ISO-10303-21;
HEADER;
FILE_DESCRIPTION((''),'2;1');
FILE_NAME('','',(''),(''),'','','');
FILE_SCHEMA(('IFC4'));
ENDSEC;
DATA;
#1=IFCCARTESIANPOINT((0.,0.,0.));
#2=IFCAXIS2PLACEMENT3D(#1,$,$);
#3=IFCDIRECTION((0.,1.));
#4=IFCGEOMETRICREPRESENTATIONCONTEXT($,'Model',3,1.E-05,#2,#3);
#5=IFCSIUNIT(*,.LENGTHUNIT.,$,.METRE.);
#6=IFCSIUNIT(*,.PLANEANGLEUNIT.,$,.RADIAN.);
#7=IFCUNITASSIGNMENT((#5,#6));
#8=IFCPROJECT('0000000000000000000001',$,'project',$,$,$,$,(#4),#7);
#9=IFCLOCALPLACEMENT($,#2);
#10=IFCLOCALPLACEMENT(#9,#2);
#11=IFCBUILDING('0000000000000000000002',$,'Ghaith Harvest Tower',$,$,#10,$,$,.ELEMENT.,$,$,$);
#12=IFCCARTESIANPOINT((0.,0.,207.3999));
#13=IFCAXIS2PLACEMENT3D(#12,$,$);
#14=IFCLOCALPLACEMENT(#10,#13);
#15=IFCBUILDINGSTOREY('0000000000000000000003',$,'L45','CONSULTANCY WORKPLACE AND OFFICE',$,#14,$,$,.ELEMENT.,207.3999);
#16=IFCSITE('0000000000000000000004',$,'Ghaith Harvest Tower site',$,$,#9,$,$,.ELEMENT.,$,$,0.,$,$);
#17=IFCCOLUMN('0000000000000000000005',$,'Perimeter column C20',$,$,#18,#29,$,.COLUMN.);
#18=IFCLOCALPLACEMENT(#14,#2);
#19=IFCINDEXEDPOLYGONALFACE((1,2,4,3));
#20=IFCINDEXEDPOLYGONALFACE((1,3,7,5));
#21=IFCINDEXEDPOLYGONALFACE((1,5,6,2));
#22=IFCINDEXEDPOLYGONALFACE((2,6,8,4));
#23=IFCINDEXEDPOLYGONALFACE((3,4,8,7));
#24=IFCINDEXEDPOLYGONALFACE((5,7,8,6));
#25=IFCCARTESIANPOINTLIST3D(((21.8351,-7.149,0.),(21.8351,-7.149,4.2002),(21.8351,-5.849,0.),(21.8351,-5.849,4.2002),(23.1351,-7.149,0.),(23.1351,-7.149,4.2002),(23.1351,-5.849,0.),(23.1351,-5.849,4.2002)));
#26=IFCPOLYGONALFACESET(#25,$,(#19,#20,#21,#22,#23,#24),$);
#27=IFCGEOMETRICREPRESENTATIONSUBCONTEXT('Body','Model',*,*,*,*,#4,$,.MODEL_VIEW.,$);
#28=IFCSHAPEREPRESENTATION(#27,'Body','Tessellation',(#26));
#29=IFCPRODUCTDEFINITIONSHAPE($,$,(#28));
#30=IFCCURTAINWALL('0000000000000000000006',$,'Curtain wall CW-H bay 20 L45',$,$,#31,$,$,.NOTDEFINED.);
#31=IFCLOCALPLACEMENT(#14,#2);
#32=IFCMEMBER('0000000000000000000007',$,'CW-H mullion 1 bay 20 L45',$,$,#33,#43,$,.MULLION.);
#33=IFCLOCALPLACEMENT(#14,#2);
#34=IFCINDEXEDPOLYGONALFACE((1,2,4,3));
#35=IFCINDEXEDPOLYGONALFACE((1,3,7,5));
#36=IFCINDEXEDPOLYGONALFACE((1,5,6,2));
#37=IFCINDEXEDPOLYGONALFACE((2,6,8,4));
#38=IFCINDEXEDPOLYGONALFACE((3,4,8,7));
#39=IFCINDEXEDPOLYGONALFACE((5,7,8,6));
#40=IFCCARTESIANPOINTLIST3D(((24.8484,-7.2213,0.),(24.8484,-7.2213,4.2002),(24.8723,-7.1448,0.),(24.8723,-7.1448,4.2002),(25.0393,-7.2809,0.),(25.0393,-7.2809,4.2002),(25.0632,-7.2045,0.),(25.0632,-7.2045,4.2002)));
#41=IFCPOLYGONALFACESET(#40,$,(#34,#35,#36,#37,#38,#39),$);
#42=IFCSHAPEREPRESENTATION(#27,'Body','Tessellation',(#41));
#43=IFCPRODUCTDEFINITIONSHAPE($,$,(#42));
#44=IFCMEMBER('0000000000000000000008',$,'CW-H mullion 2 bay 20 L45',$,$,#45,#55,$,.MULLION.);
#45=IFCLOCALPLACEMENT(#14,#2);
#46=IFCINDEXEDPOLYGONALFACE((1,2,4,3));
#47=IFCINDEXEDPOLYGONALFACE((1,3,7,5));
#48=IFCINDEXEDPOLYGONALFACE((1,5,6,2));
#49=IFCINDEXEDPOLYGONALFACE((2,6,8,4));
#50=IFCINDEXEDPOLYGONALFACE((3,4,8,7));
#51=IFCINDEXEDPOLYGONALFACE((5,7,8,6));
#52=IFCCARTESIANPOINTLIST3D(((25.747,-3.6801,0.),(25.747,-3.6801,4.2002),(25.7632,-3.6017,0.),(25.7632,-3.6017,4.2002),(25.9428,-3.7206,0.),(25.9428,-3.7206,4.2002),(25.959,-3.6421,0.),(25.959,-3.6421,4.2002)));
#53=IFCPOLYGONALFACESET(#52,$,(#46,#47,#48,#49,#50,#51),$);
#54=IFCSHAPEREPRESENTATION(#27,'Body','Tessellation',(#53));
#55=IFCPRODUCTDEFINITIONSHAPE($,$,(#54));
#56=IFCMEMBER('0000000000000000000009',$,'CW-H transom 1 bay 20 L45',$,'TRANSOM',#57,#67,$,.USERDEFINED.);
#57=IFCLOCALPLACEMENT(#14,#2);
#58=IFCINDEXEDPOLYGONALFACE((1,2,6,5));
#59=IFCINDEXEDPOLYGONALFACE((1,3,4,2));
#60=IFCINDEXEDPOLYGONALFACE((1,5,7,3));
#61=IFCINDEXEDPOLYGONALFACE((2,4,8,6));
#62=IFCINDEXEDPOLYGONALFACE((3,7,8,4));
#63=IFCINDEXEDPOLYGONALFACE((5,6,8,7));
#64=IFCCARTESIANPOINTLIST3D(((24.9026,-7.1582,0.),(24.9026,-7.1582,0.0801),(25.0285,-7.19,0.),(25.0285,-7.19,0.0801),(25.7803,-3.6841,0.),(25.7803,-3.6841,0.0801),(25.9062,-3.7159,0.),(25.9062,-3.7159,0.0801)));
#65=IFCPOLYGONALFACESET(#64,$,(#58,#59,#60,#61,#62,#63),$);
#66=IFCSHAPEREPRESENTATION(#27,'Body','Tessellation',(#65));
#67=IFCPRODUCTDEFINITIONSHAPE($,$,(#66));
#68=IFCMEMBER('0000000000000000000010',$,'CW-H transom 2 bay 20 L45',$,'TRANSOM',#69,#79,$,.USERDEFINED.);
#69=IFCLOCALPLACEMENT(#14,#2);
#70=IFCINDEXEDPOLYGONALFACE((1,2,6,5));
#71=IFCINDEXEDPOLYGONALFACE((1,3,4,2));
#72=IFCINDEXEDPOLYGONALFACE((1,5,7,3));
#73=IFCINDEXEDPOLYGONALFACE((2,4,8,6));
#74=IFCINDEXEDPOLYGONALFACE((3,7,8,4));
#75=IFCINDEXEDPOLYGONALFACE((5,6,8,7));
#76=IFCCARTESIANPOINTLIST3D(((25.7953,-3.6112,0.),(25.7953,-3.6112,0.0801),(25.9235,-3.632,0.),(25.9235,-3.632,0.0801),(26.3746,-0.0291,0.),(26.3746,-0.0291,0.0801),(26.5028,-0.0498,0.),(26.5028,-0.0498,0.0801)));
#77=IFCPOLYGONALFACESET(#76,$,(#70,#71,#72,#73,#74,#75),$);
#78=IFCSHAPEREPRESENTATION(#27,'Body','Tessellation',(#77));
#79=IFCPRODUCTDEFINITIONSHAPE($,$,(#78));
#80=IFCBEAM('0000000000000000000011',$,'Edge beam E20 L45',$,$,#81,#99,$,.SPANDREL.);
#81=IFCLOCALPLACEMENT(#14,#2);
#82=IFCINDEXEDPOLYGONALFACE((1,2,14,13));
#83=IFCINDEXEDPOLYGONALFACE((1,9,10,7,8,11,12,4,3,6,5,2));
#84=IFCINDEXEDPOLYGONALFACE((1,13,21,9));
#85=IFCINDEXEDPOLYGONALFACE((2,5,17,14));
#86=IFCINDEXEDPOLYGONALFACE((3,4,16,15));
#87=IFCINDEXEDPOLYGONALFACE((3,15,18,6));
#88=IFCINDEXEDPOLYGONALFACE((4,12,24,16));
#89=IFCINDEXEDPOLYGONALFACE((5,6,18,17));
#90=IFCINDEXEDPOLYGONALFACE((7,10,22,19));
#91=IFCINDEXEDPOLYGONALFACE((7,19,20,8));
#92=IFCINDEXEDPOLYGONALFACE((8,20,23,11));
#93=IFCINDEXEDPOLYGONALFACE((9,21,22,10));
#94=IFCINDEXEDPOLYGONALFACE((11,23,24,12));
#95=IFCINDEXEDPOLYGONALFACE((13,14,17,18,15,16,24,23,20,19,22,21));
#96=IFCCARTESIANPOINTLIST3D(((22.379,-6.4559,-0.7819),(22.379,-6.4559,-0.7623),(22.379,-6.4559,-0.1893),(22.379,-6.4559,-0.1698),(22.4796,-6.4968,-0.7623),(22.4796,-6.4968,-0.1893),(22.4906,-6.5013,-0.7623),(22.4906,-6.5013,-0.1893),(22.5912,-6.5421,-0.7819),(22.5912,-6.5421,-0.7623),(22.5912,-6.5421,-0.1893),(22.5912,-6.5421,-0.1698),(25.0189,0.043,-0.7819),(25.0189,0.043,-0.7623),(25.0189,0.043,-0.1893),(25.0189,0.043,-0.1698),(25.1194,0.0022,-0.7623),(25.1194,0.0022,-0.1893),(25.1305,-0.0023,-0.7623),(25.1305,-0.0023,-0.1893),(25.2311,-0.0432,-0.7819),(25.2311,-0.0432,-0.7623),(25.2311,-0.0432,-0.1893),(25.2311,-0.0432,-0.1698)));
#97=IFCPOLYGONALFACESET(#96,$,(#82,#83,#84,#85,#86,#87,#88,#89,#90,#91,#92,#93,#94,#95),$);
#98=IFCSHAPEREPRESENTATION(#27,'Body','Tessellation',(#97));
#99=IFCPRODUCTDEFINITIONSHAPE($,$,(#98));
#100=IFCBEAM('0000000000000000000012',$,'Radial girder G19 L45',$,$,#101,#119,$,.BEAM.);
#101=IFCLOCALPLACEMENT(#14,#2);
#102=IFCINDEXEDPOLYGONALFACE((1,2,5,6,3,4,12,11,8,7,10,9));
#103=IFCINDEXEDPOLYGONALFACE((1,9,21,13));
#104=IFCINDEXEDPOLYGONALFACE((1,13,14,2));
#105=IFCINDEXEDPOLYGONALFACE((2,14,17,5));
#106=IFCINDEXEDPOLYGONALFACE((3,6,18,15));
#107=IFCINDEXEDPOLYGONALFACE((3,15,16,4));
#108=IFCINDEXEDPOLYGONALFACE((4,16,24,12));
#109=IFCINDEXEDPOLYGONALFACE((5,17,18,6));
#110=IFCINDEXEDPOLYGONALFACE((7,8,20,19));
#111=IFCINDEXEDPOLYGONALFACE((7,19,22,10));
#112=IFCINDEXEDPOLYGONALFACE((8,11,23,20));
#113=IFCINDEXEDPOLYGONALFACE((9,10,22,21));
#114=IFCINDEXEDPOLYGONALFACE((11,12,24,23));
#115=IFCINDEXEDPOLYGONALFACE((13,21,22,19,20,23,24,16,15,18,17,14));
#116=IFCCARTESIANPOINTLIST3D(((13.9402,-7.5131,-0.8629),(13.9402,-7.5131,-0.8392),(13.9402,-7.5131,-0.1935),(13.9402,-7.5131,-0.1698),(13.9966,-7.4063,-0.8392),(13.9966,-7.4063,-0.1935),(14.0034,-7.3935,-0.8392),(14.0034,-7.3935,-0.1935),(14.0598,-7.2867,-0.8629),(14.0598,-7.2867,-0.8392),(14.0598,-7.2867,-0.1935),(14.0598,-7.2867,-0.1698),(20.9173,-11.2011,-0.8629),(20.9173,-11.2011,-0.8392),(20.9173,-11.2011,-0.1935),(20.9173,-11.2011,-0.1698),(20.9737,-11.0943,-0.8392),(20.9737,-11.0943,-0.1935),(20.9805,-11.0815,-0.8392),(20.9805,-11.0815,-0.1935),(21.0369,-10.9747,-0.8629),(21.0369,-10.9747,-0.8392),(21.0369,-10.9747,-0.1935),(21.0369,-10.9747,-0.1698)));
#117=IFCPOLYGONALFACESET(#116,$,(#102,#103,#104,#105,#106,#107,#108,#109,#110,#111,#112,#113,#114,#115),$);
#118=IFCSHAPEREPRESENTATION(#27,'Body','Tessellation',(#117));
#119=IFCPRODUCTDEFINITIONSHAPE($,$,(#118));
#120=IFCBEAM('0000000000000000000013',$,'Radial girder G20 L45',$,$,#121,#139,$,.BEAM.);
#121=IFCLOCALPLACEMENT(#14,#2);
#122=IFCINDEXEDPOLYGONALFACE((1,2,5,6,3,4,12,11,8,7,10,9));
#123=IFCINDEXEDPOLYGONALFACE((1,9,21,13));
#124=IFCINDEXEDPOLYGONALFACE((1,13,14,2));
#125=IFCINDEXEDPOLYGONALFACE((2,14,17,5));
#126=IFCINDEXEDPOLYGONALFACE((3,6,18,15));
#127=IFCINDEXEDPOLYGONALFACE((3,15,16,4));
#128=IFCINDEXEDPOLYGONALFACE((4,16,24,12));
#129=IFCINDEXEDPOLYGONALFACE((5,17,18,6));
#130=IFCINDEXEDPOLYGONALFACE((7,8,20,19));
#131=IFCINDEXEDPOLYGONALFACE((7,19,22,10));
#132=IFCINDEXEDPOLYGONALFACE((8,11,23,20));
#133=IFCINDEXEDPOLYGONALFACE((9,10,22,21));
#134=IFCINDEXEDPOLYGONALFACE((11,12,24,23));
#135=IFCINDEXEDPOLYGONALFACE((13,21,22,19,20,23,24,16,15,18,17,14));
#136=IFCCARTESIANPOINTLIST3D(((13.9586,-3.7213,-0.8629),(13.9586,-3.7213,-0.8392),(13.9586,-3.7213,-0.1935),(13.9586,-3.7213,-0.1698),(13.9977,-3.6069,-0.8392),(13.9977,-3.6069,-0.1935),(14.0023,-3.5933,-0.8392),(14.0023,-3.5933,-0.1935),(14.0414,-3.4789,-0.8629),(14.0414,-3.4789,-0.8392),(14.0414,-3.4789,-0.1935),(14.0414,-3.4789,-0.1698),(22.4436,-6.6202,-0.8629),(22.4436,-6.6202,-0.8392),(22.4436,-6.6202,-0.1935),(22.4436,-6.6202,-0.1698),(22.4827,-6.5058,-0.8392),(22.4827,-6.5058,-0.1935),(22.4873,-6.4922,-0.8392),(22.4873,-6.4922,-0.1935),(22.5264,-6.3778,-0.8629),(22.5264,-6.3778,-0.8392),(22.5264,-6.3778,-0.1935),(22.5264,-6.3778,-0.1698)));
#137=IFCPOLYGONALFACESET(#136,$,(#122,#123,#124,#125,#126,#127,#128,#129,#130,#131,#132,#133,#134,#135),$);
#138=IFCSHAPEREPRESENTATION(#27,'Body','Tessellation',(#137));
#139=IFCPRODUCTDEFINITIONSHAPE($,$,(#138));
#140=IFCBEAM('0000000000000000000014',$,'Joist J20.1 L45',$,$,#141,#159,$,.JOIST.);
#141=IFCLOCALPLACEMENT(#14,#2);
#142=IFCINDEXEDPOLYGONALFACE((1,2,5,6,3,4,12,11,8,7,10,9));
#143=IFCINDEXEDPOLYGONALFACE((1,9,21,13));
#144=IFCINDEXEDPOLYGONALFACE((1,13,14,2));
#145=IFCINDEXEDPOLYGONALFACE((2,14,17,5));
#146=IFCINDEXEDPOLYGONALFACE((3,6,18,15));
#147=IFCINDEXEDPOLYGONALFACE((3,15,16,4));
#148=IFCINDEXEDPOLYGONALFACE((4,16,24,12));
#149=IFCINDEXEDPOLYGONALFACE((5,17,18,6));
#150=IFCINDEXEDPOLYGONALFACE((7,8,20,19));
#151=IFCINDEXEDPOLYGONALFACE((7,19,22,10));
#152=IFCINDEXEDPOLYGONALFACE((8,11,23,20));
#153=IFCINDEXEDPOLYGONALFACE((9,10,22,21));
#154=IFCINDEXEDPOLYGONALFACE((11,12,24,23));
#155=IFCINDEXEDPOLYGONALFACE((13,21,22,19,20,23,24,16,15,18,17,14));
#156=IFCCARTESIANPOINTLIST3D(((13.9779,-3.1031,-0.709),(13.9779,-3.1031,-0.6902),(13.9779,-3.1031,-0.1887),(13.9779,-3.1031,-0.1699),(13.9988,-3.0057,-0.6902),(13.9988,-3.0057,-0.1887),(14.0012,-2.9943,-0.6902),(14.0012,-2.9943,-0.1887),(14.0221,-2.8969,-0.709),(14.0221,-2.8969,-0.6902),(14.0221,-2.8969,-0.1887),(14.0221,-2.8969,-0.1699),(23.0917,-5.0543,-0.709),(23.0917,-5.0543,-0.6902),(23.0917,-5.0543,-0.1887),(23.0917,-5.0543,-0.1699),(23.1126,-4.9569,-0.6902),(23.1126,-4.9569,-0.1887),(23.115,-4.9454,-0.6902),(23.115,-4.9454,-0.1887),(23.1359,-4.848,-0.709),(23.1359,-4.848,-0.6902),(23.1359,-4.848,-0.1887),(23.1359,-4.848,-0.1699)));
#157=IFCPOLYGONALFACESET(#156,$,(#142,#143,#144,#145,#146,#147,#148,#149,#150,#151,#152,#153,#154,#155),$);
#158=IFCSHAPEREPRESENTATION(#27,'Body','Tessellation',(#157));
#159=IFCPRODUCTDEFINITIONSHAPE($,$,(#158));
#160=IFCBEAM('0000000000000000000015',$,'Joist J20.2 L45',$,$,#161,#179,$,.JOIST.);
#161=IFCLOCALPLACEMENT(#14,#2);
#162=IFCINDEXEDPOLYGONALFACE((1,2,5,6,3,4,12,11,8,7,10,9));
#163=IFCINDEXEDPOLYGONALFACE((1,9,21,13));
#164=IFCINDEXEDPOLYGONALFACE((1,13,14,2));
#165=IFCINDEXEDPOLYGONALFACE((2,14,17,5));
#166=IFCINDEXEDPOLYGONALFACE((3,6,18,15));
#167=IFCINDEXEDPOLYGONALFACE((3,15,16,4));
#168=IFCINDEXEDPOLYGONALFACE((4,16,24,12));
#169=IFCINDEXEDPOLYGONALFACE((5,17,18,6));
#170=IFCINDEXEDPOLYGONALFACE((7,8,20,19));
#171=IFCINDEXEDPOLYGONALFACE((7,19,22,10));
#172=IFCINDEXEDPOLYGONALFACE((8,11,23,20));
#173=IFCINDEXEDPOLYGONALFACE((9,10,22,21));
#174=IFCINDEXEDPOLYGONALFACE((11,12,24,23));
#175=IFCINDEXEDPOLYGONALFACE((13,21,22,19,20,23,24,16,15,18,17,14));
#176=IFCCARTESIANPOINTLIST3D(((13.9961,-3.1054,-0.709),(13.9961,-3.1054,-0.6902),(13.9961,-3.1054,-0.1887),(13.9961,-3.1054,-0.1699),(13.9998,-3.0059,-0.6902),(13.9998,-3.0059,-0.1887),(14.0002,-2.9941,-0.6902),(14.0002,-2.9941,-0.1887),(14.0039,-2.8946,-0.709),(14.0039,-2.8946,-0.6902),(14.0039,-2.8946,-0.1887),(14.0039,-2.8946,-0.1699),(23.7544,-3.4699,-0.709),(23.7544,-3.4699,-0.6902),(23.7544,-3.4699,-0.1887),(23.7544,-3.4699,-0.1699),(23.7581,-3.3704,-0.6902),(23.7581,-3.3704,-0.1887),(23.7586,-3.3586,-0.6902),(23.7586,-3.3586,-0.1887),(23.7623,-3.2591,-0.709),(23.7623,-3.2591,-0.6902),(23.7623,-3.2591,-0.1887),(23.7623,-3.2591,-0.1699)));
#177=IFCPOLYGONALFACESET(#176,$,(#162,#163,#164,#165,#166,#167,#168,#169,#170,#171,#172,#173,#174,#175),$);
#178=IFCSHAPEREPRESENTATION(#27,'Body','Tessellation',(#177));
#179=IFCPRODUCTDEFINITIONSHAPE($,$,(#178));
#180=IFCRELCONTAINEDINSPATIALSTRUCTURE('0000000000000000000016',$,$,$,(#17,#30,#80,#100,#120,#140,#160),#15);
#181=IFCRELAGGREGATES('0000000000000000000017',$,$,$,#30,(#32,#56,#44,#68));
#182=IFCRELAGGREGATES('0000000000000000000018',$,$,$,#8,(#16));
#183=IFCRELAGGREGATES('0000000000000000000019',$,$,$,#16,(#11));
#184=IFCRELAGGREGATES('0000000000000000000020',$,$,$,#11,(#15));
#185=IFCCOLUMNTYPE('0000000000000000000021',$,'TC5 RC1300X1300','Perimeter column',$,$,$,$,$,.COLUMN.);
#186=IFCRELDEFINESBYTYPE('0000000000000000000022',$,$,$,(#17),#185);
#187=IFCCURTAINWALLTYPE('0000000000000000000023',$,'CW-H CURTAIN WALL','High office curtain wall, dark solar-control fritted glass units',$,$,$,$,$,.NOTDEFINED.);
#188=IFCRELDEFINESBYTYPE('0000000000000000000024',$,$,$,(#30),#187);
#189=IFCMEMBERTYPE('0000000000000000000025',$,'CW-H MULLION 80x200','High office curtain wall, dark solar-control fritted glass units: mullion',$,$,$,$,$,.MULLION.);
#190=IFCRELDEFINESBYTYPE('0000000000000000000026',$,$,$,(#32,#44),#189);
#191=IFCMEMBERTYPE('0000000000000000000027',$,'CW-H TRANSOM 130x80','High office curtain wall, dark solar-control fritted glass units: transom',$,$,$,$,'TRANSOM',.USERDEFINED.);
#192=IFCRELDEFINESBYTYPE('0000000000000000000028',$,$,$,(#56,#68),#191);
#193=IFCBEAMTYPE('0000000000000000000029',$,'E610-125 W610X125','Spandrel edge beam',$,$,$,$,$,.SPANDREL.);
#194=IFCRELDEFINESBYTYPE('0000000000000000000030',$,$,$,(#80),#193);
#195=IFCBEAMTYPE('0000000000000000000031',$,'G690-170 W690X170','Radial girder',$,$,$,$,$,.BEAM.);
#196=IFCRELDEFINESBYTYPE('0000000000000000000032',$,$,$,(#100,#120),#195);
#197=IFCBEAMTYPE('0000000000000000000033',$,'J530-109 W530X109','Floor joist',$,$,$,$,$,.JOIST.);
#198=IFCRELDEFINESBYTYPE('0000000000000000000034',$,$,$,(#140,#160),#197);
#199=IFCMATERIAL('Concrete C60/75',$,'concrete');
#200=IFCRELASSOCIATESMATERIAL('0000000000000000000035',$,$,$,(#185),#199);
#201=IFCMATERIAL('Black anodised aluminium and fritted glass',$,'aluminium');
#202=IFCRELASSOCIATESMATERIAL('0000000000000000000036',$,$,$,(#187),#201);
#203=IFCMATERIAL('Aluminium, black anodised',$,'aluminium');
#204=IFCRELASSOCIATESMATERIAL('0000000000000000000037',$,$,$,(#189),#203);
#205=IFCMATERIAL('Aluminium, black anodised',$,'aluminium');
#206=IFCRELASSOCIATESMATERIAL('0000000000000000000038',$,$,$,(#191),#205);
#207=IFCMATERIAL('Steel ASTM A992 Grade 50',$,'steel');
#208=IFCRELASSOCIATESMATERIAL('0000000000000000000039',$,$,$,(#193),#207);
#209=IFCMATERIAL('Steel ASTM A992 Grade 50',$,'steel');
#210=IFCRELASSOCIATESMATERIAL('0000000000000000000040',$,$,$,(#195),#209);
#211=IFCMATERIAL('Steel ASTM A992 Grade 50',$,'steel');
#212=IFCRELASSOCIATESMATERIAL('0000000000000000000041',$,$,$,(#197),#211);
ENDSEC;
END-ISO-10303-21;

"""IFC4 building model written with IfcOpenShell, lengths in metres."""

from ifc_helpers import new_model, si_unit, direction, frame, origin, origin_2d, place, context, subcontext, project, spatial, rectangle, i_section, extrude, material, material_profile, profile_set, type_object, element, aggregate, save


model = new_model("IFC4")

# Units and contexts
model_context = context("Model", 3, precision=1e-05, world=origin(), true_north=direction((0.0, 1.0)))
body_context = subcontext(model_context, "Body", "Model", "MODEL_VIEW")
ifc_project = project(units=[si_unit("LENGTHUNIT", "METRE"), si_unit("PLANEANGLEUNIT", "RADIAN")], contexts=[model_context])

# Site, building, storey
site_placement = place(None, origin())
site = spatial("IfcSite", under=ifc_project, at=site_placement, Name="Ghaith Harvest Tower site", CompositionType="ELEMENT", RefElevation=0.0)
building_placement = place(site_placement, origin())
building = spatial("IfcBuilding", under=site, at=building_placement, Name="Ghaith Harvest Tower", CompositionType="ELEMENT")
storey_placement = place(building_placement, frame((0.0, 0.0, 207.3999)))
storey = spatial("IfcBuildingStorey", under=building, at=storey_placement, Name="L45", Description="CONSULTANCY WORKPLACE AND OFFICE", CompositionType="ELEMENT", Elevation=207.3999)

# Column
ifc_material_1 = material(Name="Concrete C60/75", Category="concrete")
ifc_material_profile_1 = material_profile(ifc_material_1, rectangle(XDim=1.3, YDim=1.3, at=origin_2d()), Name="RC1300X1300")
ifc_profile_set_1 = profile_set([ifc_material_profile_1], Name="Concrete C60/75")
column_type = type_object("IfcColumnType", Name="TC5 RC1300X1300", Description="Perimeter column", PredefinedType="COLUMN", material=ifc_profile_set_1)
column_placement = place(storey_placement, frame((22.4851, -6.499, 0.0), z_axis=(0.0, 0.0, 1.0), x_axis=(1.0, 0.0, 0.0)))
element("IfcColumn", 1, at=column_placement, inside=storey, type_object=column_type, Name="Perimeter column C20", PredefinedType="COLUMN", context=body_context, shape_type="SweptSolid", body=[
    extrude(rectangle(XDim=1.3, YDim=1.3, at=origin_2d()), origin(), (0.0, 0.0, 1.0), 4.2002),
])

# Curtain wall, members
ifc_material_2 = material(Name="Black anodised aluminium and fritted glass", Category="aluminium")
curtain_wall_type = type_object("IfcCurtainWallType", Name="CW-H CURTAIN WALL", Description="High office curtain wall, dark solar-control fritted glass units", PredefinedType="NOTDEFINED", material=ifc_material_2)
curtain_wall_1_placement = place(storey_placement, origin())
curtain_wall_1 = element("IfcCurtainWall", 2, at=curtain_wall_1_placement, inside=storey, type_object=curtain_wall_type, Name="Curtain wall CW-H bay 20 L45", PredefinedType="NOTDEFINED")
ifc_material_3 = material(Name="Aluminium, black anodised", Category="aluminium")
ifc_material_profile_2 = material_profile(ifc_material_3, rectangle(XDim=0.0801, YDim=0.2, at=origin_2d()), Name="CW-H MULLION 80x200")
ifc_profile_set_2 = profile_set([ifc_material_profile_2], Name="Aluminium, black anodised")
member_type_1 = type_object("IfcMemberType", Name="CW-H MULLION 80x200", Description="High office curtain wall, dark solar-control fritted glass units: mullion", PredefinedType="MULLION", material=ifc_profile_set_2)
member_1_placement = place(storey_placement, frame((24.9558, -7.2129, 0.0), z_axis=(0.0, 0.0, 1.0), x_axis=(0.298442, 0.954428, 0.0)))
member_1 = element("IfcMember", 3, at=member_1_placement, type_object=member_type_1, Name="CW-H mullion 1 bay 20 L45", PredefinedType="MULLION", context=body_context, shape_type="SweptSolid", body=[
    extrude(rectangle(XDim=0.0801, YDim=0.2, at=origin_2d()), origin(), (0.0, 0.0, 1.0), 4.2002),
])
member_2_placement = place(storey_placement, frame((25.853, -3.6611, 0.0), z_axis=(0.0, 0.0, 1.0), x_axis=(0.202192, 0.979346, 0.0)))
member_2 = element("IfcMember", 4, at=member_2_placement, type_object=member_type_1, Name="CW-H mullion 2 bay 20 L45", PredefinedType="MULLION", context=body_context, shape_type="SweptSolid", body=[
    extrude(rectangle(XDim=0.0801, YDim=0.2, at=origin_2d()), origin(), (0.0, 0.0, 1.0), 4.2002),
])
ifc_material_4 = material(Name="Aluminium, black anodised", Category="aluminium")
ifc_material_profile_3 = material_profile(ifc_material_4, rectangle(XDim=0.1299, YDim=0.0801, at=origin_2d()), Name="CW-H TRANSOM 130x80")
ifc_profile_set_3 = profile_set([ifc_material_profile_3], Name="Aluminium, black anodised")
member_type_2 = type_object("IfcMemberType", Name="CW-H TRANSOM 130x80", Description="High office curtain wall, dark solar-control fritted glass units: transom", ElementType="TRANSOM", PredefinedType="USERDEFINED", material=ifc_profile_set_3)
member_3_placement = place(storey_placement, frame((24.9656, -7.1741, 0.04), z_axis=(0.24494, 0.969538, 0.0), x_axis=(-0.969538, 0.24494, 0.0)))
member_3 = element("IfcMember", 5, at=member_3_placement, type_object=member_type_2, Name="CW-H transom 1 bay 20 L45", ObjectType="TRANSOM", PredefinedType="USERDEFINED", context=body_context, shape_type="SweptSolid", body=[
    extrude(rectangle(XDim=0.1299, YDim=0.0801, at=origin_2d()), origin(), (0.0, 0.0, 1.0), 3.5833),
])
member_4_placement = place(storey_placement, frame((25.8594, -3.6216, 0.04), z_axis=(0.159662, 0.987172, 0.0), x_axis=(-0.987172, 0.159662, 0.0)))
member_4 = element("IfcMember", 6, at=member_4_placement, type_object=member_type_2, Name="CW-H transom 2 bay 20 L45", ObjectType="TRANSOM", PredefinedType="USERDEFINED", context=body_context, shape_type="SweptSolid", body=[
    extrude(rectangle(XDim=0.1299, YDim=0.0801, at=origin_2d()), origin(), (0.0, 0.0, 1.0), 3.6287),
])

# Beams
ifc_material_5 = material(Name="Steel ASTM A992 Grade 50", Category="steel")
ifc_material_profile_4 = material_profile(ifc_material_5, i_section(OverallWidth=0.229, OverallDepth=0.6121, WebThickness=0.012, FlangeThickness=0.0195, at=origin_2d()), Name="W610X125")
ifc_profile_set_4 = profile_set([ifc_material_profile_4], Name="Steel ASTM A992 Grade 50")
beam_type_1 = type_object("IfcBeamType", Name="E610-125 W610X125", Description="Spandrel edge beam", PredefinedType="SPANDREL", material=ifc_profile_set_4)
beam_1_placement = place(storey_placement, frame((22.4851, -6.499, -0.4758), z_axis=(0.376336, 0.926483, 0.0), x_axis=(-0.926483, 0.376336, 0.0)))
element("IfcBeam", 7, at=beam_1_placement, inside=storey, type_object=beam_type_1, Name="Edge beam E20 L45", PredefinedType="SPANDREL", context=body_context, shape_type="SweptSolid", body=[
    extrude(i_section(OverallWidth=0.229, OverallDepth=0.6121, WebThickness=0.012, FlangeThickness=0.0195, at=origin_2d()), origin(), (0.0, 0.0, 1.0), 7.0146),
])
ifc_material_6 = material(Name="Steel ASTM A992 Grade 50", Category="steel")
ifc_material_profile_5 = material_profile(ifc_material_6, i_section(OverallWidth=0.2561, OverallDepth=0.6931, WebThickness=0.0144, FlangeThickness=0.0237, at=origin_2d()), Name="W690X170")
ifc_profile_set_5 = profile_set([ifc_material_profile_5], Name="Steel ASTM A992 Grade 50")
beam_type_2 = type_object("IfcBeamType", Name="G690-170 W690X170", Description="Radial girder", PredefinedType="BEAM", material=ifc_profile_set_5)
beam_2_placement = place(storey_placement, frame((14.0, -7.3999, -0.5164), z_axis=(0.884089, -0.467319, 0.0), x_axis=(0.467319, 0.884089, 0.0)))
element("IfcBeam", 8, at=beam_2_placement, inside=storey, type_object=beam_type_2, Name="Radial girder G19 L45", PredefinedType="BEAM", context=body_context, shape_type="SweptSolid", body=[
    extrude(i_section(OverallWidth=0.2561, OverallDepth=0.6931, WebThickness=0.0144, FlangeThickness=0.0237, at=origin_2d()), origin(), (0.0, 0.0, 1.0), 7.8918),
])
beam_3_placement = place(storey_placement, frame((14.0, -3.6001, -0.5164), z_axis=(0.946296, -0.323301, 0.0), x_axis=(0.323301, 0.946296, 0.0)))
element("IfcBeam", 9, at=beam_3_placement, inside=storey, type_object=beam_type_2, Name="Radial girder G20 L45", PredefinedType="BEAM", context=body_context, shape_type="SweptSolid", body=[
    extrude(i_section(OverallWidth=0.2561, OverallDepth=0.6931, WebThickness=0.0144, FlangeThickness=0.0237, at=origin_2d()), origin(), (0.0, 0.0, 1.0), 8.9666),
])
ifc_material_7 = material(Name="Steel ASTM A992 Grade 50", Category="steel")
ifc_material_profile_6 = material_profile(ifc_material_7, i_section(OverallWidth=0.2109, OverallDepth=0.5391, WebThickness=0.0117, FlangeThickness=0.0188, at=origin_2d()), Name="W530X109")
ifc_profile_set_6 = profile_set([ifc_material_profile_6], Name="Steel ASTM A992 Grade 50")
beam_type_3 = type_object("IfcBeamType", Name="J530-109 W530X109", Description="Floor joist", PredefinedType="JOIST", material=ifc_profile_set_6)
beam_4_placement = place(storey_placement, frame((14.0, -3.0, -0.4395), z_axis=(0.977841, -0.209347, 0.0), x_axis=(0.209347, 0.977841, 0.0)))
element("IfcBeam", 10, at=beam_4_placement, inside=storey, type_object=beam_type_3, Name="Joist J20.1 L45", PredefinedType="JOIST", context=body_context, shape_type="SweptSolid", body=[
    extrude(i_section(OverallWidth=0.2109, OverallDepth=0.5391, WebThickness=0.0117, FlangeThickness=0.0188, at=origin_2d()), origin(), (0.0, 0.0, 1.0), 9.3203),
])
beam_5_placement = place(storey_placement, frame((14.0, -3.0, -0.4395), z_axis=(0.999303, -0.037327, 0.0), x_axis=(0.037327, 0.999303, 0.0)))
element("IfcBeam", 11, at=beam_5_placement, inside=storey, type_object=beam_type_3, Name="Joist J20.2 L45", PredefinedType="JOIST", context=body_context, shape_type="SweptSolid", body=[
    extrude(i_section(OverallWidth=0.2109, OverallDepth=0.5391, WebThickness=0.0117, FlangeThickness=0.0188, at=origin_2d()), origin(), (0.0, 0.0, 1.0), 9.7651),
])

aggregate(curtain_wall_1, [member_1, member_3, member_2, member_4])

save(model, "model.ifc")
